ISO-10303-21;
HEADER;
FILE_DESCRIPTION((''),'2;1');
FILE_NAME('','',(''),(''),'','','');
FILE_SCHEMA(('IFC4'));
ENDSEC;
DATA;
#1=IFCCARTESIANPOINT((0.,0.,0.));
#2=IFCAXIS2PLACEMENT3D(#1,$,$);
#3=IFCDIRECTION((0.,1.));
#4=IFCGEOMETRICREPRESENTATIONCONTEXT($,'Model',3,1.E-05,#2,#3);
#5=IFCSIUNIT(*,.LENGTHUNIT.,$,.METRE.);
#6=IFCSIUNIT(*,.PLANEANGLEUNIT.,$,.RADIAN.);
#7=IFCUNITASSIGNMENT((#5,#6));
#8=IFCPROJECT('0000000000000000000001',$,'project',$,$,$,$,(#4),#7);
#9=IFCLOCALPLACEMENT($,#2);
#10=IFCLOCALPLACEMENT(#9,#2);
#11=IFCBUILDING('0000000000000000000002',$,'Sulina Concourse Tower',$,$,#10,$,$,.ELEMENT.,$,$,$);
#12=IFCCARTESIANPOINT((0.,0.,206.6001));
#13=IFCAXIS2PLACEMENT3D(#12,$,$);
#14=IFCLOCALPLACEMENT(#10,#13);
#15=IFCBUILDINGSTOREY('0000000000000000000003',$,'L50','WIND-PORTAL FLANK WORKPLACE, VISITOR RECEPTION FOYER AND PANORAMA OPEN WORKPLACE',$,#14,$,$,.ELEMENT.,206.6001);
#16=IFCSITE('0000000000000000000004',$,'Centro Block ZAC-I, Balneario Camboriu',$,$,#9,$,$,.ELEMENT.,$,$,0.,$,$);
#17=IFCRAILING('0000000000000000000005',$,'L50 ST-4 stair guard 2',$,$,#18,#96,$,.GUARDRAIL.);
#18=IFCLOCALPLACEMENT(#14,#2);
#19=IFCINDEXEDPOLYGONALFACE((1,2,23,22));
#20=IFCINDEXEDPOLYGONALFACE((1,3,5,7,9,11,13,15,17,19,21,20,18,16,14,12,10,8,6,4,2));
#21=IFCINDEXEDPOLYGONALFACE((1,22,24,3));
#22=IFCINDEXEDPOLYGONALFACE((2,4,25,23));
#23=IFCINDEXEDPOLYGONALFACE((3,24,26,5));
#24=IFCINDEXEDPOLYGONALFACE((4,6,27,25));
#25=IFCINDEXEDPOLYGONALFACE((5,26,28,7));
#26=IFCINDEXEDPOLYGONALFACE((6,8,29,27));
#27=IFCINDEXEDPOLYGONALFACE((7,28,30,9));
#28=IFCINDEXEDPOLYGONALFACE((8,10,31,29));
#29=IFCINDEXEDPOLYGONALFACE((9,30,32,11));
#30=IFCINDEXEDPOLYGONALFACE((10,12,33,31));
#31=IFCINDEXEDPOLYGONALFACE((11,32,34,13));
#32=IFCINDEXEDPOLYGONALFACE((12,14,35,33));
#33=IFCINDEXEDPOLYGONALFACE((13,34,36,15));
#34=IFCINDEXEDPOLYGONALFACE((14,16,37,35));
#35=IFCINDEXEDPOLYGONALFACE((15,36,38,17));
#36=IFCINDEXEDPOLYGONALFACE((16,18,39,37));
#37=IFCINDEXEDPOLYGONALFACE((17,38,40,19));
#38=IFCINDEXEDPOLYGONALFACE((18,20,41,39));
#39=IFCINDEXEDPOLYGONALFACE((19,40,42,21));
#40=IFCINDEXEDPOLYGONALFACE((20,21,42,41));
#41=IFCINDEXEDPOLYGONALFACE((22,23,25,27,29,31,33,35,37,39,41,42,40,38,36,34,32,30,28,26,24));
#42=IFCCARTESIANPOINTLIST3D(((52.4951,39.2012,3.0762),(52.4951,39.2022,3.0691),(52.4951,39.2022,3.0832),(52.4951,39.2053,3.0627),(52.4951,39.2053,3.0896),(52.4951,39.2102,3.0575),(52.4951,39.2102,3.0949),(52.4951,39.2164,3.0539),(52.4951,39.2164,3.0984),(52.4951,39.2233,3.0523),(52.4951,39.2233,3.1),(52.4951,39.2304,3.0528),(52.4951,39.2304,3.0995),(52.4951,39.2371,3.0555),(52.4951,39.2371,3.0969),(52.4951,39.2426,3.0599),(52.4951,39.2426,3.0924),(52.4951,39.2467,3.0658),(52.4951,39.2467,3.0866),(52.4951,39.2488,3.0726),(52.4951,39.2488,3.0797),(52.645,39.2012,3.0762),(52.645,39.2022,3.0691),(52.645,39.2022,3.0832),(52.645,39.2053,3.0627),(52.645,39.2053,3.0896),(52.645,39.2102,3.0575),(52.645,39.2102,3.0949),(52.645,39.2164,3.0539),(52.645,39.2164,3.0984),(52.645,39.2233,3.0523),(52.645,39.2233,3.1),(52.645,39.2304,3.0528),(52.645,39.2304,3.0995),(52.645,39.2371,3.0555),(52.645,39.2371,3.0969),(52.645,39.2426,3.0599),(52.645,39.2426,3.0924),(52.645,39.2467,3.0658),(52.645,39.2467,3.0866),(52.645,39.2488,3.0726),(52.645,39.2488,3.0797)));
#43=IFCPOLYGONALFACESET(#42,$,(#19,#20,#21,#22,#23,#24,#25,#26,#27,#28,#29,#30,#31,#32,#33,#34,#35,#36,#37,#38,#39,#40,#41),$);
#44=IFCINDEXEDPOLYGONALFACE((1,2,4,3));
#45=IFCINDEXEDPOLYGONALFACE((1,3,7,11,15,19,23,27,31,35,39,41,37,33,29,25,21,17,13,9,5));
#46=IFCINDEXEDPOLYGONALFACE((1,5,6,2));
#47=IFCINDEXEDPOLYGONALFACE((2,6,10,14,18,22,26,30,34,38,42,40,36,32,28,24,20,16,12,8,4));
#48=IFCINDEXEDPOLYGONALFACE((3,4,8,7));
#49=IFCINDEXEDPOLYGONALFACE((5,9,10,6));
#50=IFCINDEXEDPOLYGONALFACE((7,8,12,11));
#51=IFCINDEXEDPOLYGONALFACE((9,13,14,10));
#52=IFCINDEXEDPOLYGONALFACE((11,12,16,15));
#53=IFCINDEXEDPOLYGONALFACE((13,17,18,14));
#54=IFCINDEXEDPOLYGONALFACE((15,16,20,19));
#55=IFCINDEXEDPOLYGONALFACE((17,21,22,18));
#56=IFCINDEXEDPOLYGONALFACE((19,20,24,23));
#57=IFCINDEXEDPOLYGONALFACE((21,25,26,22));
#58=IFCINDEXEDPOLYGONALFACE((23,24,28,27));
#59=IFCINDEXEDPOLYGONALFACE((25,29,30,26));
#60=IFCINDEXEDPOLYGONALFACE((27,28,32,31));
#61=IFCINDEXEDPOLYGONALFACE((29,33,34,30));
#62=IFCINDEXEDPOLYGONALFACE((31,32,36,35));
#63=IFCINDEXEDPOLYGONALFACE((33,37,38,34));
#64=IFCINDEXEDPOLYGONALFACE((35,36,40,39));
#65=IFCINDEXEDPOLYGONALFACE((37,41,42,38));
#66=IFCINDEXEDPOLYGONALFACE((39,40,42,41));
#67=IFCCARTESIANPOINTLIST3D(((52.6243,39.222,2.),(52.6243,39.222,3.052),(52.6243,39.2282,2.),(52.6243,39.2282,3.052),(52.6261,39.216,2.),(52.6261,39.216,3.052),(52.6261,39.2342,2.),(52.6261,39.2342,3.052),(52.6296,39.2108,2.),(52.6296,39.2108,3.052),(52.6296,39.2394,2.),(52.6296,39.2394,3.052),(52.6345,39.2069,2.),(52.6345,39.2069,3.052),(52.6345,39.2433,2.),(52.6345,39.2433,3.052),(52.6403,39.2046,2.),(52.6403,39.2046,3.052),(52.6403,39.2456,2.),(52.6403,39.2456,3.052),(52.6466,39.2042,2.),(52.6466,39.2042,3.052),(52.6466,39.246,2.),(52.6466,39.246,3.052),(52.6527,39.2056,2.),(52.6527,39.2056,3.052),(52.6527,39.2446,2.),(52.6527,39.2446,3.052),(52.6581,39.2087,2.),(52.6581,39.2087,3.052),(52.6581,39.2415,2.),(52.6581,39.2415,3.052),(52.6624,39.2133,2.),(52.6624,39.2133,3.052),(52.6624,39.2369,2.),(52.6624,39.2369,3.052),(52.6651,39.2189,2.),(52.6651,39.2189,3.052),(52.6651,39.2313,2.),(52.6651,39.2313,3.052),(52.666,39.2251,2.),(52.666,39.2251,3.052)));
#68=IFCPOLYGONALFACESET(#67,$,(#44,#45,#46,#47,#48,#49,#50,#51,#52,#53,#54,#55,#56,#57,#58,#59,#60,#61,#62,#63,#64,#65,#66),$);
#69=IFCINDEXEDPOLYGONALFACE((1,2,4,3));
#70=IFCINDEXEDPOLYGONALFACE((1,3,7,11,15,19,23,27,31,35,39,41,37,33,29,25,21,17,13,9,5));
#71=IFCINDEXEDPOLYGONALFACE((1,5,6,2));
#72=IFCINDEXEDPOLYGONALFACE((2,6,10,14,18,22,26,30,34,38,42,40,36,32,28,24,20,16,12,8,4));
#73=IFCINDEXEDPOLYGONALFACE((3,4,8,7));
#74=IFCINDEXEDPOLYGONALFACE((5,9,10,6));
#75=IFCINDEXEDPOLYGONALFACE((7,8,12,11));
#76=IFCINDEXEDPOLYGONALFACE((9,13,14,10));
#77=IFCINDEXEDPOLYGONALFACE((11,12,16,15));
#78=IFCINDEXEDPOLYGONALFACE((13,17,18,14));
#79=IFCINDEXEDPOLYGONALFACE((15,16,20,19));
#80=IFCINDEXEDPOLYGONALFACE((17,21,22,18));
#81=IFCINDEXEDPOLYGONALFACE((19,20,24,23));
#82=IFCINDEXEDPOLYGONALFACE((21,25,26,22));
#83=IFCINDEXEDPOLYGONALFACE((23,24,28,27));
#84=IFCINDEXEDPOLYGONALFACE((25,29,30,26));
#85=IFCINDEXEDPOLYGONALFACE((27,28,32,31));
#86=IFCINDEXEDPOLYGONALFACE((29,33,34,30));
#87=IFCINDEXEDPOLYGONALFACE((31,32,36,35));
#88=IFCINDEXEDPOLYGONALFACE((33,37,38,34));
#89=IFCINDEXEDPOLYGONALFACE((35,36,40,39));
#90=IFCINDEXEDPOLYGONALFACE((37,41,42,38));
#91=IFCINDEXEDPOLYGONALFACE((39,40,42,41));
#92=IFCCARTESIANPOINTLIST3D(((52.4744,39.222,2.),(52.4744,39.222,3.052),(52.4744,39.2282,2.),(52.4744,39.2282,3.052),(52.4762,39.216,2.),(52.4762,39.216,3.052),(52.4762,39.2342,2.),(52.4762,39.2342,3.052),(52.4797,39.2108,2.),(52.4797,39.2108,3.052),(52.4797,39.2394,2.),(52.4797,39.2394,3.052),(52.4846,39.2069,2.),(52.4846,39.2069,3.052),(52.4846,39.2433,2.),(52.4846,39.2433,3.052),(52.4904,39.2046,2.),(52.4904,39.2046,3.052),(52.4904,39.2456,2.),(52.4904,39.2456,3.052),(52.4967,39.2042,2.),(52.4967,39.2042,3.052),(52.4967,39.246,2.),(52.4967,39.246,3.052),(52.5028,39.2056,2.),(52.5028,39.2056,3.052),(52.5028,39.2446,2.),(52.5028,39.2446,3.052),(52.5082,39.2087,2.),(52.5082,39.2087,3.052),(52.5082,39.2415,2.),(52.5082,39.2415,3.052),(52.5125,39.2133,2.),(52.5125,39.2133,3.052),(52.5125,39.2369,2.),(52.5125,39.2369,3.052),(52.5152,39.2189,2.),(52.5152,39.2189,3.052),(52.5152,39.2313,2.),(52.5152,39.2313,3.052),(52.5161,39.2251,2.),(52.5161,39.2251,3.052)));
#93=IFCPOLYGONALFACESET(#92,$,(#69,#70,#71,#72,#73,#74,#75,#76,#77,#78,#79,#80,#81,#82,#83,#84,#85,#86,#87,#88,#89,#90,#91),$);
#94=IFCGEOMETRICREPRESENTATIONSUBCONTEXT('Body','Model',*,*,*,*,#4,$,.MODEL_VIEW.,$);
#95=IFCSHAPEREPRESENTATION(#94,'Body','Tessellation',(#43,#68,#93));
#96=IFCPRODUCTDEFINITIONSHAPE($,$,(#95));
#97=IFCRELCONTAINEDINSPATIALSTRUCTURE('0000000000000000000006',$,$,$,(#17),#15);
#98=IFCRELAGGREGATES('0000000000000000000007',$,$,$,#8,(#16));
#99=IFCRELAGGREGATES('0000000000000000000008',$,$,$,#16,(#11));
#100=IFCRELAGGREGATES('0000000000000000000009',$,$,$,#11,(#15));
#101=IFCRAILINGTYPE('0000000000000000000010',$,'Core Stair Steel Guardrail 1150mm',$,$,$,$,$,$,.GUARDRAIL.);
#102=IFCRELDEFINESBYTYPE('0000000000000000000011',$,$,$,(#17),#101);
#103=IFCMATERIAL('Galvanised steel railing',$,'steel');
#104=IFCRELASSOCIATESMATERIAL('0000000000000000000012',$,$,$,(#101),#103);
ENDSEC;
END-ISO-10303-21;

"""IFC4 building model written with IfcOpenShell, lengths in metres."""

from ifc_helpers import new_model, si_unit, direction, frame, origin, origin_2d, place, context, subcontext, project, spatial, circle, extrude, material, type_object, element, save


model = new_model("IFC4")

# Units and contexts
model_context = context("Model", 3, precision=1e-05, world=origin(), true_north=direction((0.0, 1.0)))
body_context = subcontext(model_context, "Body", "Model", "MODEL_VIEW")
ifc_project = project(units=[si_unit("LENGTHUNIT", "METRE"), si_unit("PLANEANGLEUNIT", "RADIAN")], contexts=[model_context])

# Site, building, storey
site_placement = place(None, origin())
site = spatial("IfcSite", under=ifc_project, at=site_placement, Name="Centro Block ZAC-I, Balneario Camboriu", CompositionType="ELEMENT", RefElevation=0.0)
building_placement = place(site_placement, origin())
building = spatial("IfcBuilding", under=site, at=building_placement, Name="Sulina Concourse Tower", CompositionType="ELEMENT")
storey_placement = place(building_placement, frame((0.0, 0.0, 206.6001)))
storey = spatial("IfcBuildingStorey", under=building, at=storey_placement, Name="L50", Description="WIND-PORTAL FLANK WORKPLACE, VISITOR RECEPTION FOYER AND PANORAMA OPEN WORKPLACE", CompositionType="ELEMENT", Elevation=206.6001)

# Railing
ifc_material_1 = material(Name="Galvanised steel railing", Category="steel")
railing_type_1 = type_object("IfcRailingType", Name="Core Stair Steel Guardrail 1150mm", PredefinedType="GUARDRAIL", material=ifc_material_1)
railing_1_placement = place(storey_placement, frame((52.645, 39.2251, 2.0)))
element("IfcRailing", 1, at=railing_1_placement, inside=storey, type_object=railing_type_1, Name="L50 ST-4 stair guard 2", PredefinedType="GUARDRAIL", context=body_context, shape_type="SweptSolid", body=[
    extrude(circle(Radius=0.0239, at=origin_2d()), frame((0.0, 0.0, 1.0762), z_axis=(-1.0, 0.0, 0.0), x_axis=(0.0, -1.0, 0.0)), (0.0, 0.0, 1.0), 0.1499),
    extrude(circle(Radius=0.021, at=origin_2d()), origin(), (0.0, 0.0, 1.0), 1.052),
    extrude(circle(Radius=0.021, at=origin_2d()), frame((-0.1499, 0.0, 0.0)), (0.0, 0.0, 1.0), 1.052),
])

save(model, "model.ifc")
